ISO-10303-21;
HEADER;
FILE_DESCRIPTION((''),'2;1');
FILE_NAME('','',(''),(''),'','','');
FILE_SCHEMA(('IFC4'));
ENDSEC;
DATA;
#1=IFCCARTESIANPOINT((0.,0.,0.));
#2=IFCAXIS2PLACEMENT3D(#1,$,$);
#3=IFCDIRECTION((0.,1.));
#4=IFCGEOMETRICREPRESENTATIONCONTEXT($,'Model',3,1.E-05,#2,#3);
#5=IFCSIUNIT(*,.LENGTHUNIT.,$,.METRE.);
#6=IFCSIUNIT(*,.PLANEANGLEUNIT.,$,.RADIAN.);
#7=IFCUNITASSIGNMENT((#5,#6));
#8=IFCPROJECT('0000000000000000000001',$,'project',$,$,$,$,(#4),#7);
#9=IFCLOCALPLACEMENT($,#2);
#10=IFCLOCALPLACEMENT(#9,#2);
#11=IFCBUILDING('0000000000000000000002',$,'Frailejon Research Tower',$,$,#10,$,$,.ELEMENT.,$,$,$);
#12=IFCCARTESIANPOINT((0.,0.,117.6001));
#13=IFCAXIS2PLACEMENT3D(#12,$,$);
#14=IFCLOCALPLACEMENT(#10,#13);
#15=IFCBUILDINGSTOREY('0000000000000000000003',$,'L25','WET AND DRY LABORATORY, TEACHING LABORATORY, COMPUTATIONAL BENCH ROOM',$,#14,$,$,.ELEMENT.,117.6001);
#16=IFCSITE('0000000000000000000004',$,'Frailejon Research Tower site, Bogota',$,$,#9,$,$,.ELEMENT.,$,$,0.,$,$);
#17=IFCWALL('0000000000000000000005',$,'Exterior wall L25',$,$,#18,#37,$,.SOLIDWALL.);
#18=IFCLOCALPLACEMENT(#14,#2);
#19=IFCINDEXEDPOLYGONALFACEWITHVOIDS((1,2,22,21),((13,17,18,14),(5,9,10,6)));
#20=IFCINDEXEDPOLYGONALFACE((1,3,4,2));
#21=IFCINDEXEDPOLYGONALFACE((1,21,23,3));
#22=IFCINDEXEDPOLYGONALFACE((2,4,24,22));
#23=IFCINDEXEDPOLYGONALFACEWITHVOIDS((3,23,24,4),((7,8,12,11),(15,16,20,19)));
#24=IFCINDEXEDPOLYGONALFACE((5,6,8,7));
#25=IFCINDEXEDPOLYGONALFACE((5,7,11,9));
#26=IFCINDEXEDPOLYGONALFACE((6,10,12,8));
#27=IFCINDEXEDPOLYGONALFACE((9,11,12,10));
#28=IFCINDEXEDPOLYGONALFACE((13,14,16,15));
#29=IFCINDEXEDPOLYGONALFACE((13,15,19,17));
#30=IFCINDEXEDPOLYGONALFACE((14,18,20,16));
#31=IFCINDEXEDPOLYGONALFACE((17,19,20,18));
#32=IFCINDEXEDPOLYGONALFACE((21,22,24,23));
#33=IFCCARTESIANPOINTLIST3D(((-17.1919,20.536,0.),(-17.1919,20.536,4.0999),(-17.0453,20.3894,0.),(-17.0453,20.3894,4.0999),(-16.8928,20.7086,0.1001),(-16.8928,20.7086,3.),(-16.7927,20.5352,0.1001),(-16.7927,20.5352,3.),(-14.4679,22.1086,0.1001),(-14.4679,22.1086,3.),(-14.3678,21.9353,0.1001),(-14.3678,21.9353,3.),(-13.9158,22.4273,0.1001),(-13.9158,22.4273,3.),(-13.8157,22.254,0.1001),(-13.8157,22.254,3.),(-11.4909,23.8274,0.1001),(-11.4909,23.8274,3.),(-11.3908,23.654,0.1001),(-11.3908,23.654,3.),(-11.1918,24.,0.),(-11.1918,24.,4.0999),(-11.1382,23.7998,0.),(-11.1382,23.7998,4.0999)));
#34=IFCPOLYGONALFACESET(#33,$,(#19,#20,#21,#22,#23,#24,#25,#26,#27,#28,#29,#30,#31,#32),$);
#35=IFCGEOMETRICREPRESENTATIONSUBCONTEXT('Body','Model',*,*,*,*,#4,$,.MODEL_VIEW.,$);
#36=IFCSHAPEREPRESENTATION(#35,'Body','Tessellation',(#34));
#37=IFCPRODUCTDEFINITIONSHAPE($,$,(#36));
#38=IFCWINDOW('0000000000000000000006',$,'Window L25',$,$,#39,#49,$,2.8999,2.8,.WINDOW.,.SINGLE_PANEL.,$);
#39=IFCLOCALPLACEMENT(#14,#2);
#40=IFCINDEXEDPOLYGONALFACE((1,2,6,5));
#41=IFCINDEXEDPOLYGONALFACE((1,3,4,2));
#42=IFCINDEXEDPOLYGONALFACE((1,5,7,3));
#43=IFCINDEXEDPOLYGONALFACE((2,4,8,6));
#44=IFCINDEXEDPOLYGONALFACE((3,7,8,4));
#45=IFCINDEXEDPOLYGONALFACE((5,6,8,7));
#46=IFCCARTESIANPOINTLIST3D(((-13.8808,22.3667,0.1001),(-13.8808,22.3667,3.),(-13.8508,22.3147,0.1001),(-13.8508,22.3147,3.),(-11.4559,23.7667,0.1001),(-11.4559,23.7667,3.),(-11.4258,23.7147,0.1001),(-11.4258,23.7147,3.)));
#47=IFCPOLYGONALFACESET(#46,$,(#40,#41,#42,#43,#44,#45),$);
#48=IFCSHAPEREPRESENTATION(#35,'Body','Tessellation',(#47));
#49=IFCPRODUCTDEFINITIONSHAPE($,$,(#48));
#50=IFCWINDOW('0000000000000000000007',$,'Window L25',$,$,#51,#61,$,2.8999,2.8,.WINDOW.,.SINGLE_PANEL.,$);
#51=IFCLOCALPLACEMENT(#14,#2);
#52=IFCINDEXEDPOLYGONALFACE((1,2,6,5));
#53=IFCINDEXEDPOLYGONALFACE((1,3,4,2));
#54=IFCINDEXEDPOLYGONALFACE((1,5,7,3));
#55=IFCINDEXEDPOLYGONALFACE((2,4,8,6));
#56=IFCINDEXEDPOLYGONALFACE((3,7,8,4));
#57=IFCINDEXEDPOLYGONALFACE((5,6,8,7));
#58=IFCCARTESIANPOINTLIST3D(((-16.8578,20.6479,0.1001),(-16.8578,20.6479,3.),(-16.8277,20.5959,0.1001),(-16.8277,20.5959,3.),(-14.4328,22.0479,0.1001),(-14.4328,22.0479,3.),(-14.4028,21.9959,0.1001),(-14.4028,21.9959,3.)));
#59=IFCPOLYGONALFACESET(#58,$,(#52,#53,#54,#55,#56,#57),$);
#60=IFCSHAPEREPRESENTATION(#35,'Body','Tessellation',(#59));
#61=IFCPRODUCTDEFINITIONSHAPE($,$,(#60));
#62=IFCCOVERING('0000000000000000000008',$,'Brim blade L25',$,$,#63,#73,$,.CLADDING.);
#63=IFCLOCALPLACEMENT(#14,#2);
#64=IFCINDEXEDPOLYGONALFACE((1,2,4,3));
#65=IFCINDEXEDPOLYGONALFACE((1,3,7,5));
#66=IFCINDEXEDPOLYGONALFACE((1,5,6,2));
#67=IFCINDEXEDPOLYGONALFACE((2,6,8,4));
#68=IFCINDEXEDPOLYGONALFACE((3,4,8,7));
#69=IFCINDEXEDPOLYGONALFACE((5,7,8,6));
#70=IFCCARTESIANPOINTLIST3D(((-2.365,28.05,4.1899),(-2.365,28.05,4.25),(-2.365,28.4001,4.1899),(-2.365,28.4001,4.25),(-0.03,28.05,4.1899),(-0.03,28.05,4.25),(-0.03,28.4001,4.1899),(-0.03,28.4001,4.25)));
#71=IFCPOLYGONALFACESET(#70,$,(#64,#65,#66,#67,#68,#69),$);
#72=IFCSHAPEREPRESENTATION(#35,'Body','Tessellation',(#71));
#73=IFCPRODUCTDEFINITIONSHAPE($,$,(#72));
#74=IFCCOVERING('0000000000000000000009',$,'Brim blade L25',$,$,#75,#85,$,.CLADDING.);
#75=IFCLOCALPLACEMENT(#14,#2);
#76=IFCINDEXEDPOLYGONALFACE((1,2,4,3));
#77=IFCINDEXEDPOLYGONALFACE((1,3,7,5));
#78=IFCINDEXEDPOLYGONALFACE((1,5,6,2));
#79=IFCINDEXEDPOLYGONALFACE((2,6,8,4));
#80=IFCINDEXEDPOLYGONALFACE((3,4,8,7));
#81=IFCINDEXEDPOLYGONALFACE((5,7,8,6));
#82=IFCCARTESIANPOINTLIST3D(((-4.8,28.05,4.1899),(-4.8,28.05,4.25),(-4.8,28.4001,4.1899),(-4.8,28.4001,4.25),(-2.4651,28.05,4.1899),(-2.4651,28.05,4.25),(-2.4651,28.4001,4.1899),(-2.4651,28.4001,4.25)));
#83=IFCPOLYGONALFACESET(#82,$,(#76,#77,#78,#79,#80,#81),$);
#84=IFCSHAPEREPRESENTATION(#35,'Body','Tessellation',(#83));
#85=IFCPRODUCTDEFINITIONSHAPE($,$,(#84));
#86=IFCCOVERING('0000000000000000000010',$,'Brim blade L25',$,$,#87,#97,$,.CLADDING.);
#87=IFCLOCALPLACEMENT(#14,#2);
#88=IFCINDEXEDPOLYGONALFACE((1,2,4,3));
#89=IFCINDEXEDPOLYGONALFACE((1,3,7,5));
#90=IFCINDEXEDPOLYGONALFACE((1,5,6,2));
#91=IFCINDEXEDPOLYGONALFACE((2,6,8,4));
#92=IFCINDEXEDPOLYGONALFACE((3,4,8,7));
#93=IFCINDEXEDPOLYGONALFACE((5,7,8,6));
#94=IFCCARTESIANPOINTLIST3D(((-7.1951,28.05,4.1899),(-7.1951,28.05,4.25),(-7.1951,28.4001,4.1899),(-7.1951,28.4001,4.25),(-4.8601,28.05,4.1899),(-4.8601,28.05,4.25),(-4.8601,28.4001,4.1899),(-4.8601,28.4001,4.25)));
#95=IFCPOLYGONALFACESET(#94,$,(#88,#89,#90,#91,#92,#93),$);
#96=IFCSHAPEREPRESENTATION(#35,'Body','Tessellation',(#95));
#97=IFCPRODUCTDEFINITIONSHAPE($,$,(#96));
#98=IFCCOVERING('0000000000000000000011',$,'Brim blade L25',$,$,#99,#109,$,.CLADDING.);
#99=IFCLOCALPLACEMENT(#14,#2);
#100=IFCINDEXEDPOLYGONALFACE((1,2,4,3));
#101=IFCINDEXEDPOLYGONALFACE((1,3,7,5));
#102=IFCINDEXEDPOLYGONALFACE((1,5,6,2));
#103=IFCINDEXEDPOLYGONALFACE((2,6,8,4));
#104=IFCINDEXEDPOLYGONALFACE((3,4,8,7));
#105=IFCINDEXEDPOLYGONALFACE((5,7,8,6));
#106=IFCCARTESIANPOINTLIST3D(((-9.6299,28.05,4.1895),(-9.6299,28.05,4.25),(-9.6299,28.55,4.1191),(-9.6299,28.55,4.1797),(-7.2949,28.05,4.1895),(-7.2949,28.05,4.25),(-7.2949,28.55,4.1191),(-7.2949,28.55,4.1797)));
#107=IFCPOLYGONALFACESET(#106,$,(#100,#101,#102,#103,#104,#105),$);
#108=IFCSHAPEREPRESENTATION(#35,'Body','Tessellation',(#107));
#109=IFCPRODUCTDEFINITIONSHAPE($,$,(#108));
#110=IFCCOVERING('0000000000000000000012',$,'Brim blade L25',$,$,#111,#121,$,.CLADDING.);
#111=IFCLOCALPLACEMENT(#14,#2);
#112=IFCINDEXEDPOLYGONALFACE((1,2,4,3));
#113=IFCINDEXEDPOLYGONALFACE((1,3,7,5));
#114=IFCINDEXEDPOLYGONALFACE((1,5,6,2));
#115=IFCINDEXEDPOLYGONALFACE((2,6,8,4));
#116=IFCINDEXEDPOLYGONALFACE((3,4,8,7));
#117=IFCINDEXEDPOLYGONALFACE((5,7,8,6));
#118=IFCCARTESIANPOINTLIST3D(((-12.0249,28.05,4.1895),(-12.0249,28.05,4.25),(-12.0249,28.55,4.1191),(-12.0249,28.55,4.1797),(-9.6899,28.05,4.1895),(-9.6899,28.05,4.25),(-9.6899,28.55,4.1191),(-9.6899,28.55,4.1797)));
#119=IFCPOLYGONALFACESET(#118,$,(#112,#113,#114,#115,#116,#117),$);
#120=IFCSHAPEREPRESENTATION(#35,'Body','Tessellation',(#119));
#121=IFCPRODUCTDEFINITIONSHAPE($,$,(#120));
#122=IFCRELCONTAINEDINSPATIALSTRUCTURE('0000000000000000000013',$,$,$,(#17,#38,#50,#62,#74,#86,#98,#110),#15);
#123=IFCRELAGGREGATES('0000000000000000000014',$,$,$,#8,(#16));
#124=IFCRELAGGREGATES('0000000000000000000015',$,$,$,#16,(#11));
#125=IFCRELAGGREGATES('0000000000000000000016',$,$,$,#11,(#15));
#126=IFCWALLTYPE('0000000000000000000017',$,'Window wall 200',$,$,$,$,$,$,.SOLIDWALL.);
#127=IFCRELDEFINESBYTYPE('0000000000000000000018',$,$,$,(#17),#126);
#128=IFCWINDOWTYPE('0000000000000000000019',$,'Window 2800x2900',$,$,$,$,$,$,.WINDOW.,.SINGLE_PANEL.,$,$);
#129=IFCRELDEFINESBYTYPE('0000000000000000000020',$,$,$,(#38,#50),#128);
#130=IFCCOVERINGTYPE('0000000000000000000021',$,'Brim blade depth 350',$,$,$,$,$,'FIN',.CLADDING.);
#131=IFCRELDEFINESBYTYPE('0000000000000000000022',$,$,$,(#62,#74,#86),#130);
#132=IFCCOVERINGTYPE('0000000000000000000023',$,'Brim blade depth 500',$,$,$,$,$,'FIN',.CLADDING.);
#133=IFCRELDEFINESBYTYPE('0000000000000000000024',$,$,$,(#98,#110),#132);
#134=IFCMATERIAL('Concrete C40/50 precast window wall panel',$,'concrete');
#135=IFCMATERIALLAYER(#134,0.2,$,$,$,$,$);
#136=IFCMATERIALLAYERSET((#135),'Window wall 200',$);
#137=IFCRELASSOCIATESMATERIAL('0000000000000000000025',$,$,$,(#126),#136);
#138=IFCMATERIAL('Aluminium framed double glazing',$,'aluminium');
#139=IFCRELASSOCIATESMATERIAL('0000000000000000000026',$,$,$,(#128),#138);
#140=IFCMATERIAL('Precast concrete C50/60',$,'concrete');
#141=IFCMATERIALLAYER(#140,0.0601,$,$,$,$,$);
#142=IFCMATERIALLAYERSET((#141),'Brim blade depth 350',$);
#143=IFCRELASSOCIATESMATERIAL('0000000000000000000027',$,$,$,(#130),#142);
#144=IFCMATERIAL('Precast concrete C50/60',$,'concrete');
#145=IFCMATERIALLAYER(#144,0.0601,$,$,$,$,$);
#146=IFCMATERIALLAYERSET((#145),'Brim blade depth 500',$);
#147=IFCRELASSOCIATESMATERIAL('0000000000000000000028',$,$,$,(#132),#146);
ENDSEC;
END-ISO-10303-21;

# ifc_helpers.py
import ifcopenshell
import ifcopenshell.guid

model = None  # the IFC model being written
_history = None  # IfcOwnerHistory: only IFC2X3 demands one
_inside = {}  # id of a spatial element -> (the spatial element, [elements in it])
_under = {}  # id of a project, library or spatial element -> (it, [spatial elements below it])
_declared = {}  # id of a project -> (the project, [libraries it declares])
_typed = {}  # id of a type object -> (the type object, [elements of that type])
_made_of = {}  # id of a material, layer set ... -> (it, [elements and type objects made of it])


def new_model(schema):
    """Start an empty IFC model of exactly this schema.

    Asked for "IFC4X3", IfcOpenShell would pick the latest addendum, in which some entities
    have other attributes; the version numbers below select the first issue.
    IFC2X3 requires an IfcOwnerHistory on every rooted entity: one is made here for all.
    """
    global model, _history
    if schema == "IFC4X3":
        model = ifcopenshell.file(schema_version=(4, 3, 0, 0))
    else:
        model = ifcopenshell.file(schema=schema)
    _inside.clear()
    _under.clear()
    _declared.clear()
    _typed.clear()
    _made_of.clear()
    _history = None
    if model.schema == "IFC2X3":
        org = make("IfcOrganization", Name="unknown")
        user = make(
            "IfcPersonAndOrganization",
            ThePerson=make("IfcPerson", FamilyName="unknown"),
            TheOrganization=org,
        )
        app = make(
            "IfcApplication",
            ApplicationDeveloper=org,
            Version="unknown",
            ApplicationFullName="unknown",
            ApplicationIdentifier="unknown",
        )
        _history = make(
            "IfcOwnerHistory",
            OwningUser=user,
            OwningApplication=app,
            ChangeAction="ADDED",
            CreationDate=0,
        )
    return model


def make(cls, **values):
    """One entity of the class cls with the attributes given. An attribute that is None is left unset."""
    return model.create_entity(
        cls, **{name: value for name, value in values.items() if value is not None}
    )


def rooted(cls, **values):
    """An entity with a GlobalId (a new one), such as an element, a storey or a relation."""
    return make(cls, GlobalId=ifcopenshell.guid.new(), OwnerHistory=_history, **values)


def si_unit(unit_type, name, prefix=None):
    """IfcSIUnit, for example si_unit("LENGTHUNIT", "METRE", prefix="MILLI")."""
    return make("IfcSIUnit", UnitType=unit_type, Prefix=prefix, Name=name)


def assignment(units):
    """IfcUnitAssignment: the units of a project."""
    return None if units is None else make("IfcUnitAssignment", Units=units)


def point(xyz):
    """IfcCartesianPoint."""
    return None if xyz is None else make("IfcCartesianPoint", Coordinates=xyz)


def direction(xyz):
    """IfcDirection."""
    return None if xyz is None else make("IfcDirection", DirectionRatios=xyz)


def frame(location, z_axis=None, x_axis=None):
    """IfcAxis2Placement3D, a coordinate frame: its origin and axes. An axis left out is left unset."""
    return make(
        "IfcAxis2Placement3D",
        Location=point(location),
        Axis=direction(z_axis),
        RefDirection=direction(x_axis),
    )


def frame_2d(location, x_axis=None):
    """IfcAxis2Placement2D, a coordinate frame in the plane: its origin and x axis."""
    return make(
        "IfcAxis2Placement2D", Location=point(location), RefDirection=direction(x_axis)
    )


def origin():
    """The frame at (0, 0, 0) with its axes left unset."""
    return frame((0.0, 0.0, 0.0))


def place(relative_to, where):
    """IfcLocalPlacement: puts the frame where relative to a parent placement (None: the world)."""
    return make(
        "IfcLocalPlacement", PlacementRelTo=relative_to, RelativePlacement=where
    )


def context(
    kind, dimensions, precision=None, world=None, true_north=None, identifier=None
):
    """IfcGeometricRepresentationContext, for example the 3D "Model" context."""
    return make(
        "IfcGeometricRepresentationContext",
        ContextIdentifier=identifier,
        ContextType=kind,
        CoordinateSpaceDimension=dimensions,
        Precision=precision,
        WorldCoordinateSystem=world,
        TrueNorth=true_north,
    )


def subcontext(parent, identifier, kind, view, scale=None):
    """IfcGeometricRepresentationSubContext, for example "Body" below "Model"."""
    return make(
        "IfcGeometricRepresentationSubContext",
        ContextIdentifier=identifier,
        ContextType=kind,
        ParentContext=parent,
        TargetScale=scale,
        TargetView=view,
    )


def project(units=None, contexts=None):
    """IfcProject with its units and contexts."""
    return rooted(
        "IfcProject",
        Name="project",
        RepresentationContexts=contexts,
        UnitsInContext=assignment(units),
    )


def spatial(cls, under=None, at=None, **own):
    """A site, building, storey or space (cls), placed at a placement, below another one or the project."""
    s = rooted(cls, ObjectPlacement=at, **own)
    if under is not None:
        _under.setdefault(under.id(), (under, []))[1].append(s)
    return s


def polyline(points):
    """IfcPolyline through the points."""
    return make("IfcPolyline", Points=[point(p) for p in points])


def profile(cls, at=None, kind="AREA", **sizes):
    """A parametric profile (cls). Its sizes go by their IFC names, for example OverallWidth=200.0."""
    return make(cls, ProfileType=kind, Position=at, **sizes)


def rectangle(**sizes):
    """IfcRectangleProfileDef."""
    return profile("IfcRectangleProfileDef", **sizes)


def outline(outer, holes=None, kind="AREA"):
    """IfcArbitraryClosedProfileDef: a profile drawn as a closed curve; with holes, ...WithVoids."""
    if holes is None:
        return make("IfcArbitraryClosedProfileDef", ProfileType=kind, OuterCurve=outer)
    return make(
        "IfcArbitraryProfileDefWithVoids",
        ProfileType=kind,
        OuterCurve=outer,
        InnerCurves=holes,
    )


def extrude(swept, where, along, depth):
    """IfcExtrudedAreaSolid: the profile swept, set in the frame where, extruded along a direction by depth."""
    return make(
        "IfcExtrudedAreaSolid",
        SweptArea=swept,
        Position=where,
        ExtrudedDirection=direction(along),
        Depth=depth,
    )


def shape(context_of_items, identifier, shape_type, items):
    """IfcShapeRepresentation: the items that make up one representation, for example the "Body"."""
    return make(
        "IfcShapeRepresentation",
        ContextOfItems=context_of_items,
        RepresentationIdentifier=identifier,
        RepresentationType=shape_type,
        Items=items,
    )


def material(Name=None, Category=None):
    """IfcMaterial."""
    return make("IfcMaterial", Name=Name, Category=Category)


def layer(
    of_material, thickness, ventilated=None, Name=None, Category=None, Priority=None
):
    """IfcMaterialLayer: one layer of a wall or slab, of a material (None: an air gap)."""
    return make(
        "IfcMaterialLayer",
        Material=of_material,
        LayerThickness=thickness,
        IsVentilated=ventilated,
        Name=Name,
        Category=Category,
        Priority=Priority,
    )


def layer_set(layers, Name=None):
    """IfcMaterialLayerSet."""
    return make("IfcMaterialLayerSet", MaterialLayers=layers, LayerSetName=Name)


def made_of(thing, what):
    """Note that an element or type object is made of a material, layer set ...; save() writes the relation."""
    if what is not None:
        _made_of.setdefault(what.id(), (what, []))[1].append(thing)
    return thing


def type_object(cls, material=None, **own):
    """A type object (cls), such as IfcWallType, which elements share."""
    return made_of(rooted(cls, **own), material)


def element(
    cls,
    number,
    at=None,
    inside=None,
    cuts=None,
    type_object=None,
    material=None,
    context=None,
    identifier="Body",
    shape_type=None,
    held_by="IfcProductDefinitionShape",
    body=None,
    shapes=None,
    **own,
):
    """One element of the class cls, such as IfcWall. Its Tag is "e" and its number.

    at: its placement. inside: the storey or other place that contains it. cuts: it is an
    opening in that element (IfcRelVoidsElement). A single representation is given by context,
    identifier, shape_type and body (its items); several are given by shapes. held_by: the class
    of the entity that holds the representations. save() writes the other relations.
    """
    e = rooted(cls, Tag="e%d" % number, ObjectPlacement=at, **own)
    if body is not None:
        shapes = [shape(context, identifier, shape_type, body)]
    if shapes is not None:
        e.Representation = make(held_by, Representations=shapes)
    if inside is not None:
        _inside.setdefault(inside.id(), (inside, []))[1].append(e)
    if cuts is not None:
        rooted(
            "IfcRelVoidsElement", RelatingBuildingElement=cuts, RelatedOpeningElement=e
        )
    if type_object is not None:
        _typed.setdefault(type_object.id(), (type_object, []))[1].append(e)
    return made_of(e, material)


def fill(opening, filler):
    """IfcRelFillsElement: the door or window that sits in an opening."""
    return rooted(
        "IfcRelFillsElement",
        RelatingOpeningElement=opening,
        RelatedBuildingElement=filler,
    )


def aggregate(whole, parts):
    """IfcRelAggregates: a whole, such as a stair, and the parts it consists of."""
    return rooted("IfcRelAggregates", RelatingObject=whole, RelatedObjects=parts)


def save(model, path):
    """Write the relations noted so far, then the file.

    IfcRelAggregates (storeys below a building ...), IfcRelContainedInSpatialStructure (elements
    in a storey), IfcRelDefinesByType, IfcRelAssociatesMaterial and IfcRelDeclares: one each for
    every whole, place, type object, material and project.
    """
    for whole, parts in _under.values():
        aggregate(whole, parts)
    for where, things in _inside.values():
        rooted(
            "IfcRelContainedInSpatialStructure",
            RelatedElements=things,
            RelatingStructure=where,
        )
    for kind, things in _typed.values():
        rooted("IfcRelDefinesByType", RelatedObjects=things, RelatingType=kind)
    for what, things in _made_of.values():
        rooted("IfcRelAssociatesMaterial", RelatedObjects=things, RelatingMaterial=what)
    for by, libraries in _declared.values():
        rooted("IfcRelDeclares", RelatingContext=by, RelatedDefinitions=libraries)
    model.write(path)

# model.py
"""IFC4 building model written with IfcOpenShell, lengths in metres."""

from ifc_helpers import new_model, si_unit, direction, frame, frame_2d, origin, place, context, subcontext, project, spatial, polyline, rectangle, outline, extrude, material, layer, layer_set, type_object, element, fill, save


model = new_model("IFC4")

# Units and contexts
model_context = context("Model", 3, precision=1e-05, world=origin(), true_north=direction((0.0, 1.0)))
body_context = subcontext(model_context, "Body", "Model", "MODEL_VIEW")
ifc_project = project(units=[si_unit("LENGTHUNIT", "METRE"), si_unit("PLANEANGLEUNIT", "RADIAN")], contexts=[model_context])

# Site, building, storey
site_placement = place(None, origin())
site = spatial("IfcSite", under=ifc_project, at=site_placement, Name="Frailejon Research Tower site, Bogota", CompositionType="ELEMENT", RefElevation=0.0)
building_placement = place(site_placement, origin())
building = spatial("IfcBuilding", under=site, at=building_placement, Name="Frailejon Research Tower", CompositionType="ELEMENT")
storey_placement = place(building_placement, frame((0.0, 0.0, 117.6001)))
storey = spatial("IfcBuildingStorey", under=building, at=storey_placement, Name="L25", Description="WET AND DRY LABORATORY, TEACHING LABORATORY, COMPUTATIONAL BENCH ROOM", CompositionType="ELEMENT", Elevation=117.6001)

# Wall, openings, windows
ifc_material_1 = material(Name="Concrete C40/50 precast window wall panel", Category="concrete")
ifc_layer_1 = layer(ifc_material_1, 0.2)
ifc_layer_set_1 = layer_set([ifc_layer_1], Name="Window wall 200")
wall_type_1 = type_object("IfcWallType", Name="Window wall 200", PredefinedType="SOLIDWALL", material=ifc_layer_set_1)
wall_1_placement = place(storey_placement, frame((-11.165, 23.8999, 0.0), z_axis=(0.0, 0.0, 1.0), x_axis=(-0.866029, -0.499993, 0.0)))
wall_1 = element("IfcWall", 1, at=wall_1_placement, inside=storey, type_object=wall_type_1, Name="Exterior wall L25", PredefinedType="SOLIDWALL", context=body_context, shape_type="SweptSolid", body=[
    extrude(outline(polyline([(-0.0269, -0.1001), (1.1279, -0.1001), (2.2825, -0.1001), (3.4373, -0.1001), (4.592, -0.1001), (5.7466, -0.1001), (6.9014, -0.1001), (6.8477, 0.1001), (5.7109, 0.1001), (4.574, 0.1001), (3.4373, 0.1001), (2.3005, 0.1001), (1.1636, 0.1001), (0.0269, 0.1001), (-0.0269, -0.1001)])), origin(), (0.0, 0.0, 1.0), 4.0999),
])
opening_1_placement = place(wall_1_placement, frame((0.3186, 0.0, 0.1001)))
opening_1 = element("IfcOpeningElement", 2, at=opening_1_placement, cuts=wall_1, PredefinedType="OPENING", context=body_context, shape_type="SweptSolid", body=[
    extrude(rectangle(XDim=2.8, YDim=2.8999, at=frame_2d((1.3999, 1.45))), frame((0.0, 0.1099, 0.0), z_axis=(0.0, -1.0, 0.0), x_axis=(1.0, 0.0, 0.0)), (0.0, 0.0, 1.0), 0.22),
])
opening_2_placement = place(wall_1_placement, frame((3.7561, 0.0, 0.1001)))
opening_2 = element("IfcOpeningElement", 3, at=opening_2_placement, cuts=wall_1, PredefinedType="OPENING", context=body_context, shape_type="SweptSolid", body=[
    extrude(rectangle(XDim=2.8, YDim=2.8999, at=frame_2d((1.3999, 1.45))), frame((0.0, 0.1099, 0.0), z_axis=(0.0, -1.0, 0.0), x_axis=(1.0, 0.0, 0.0)), (0.0, 0.0, 1.0), 0.22),
])
ifc_material_2 = material(Name="Aluminium framed double glazing", Category="aluminium")
window_type = type_object("IfcWindowType", Name="Window 2800x2900", PartitioningType="SINGLE_PANEL", PredefinedType="WINDOW", material=ifc_material_2)
window_1_placement = place(opening_1_placement, origin())
window_1 = element("IfcWindow", 4, at=window_1_placement, inside=storey, type_object=window_type, Name="Window L25", OverallHeight=2.8999, OverallWidth=2.8, PartitioningType="SINGLE_PANEL", PredefinedType="WINDOW", context=body_context, shape_type="SweptSolid", body=[
    extrude(rectangle(XDim=2.8, YDim=2.8999, at=frame_2d((1.3999, 1.45))), frame((0.0, 0.03, 0.0), z_axis=(0.0, -1.0, 0.0), x_axis=(1.0, 0.0, 0.0)), (0.0, 0.0, 1.0), 0.0601),
])
fill(opening_1, window_1)
window_2_placement = place(opening_2_placement, origin())
window_2 = element("IfcWindow", 5, at=window_2_placement, inside=storey, type_object=window_type, Name="Window L25", OverallHeight=2.8999, OverallWidth=2.8, PartitioningType="SINGLE_PANEL", PredefinedType="WINDOW", context=body_context, shape_type="SweptSolid", body=[
    extrude(rectangle(XDim=2.8, YDim=2.8999, at=frame_2d((1.3999, 1.45))), frame((0.0, 0.03, 0.0), z_axis=(0.0, -1.0, 0.0), x_axis=(1.0, 0.0, 0.0)), (0.0, 0.0, 1.0), 0.0601),
])
fill(opening_2, window_2)

# Coverings
ifc_material_3 = material(Name="Precast concrete C50/60", Category="concrete")
ifc_layer_2 = layer(ifc_material_3, 0.0601)
ifc_layer_set_2 = layer_set([ifc_layer_2], Name="Brim blade depth 350")
covering_type_1 = type_object("IfcCoveringType", Name="Brim blade depth 350", ElementType="FIN", PredefinedType="CLADDING", material=ifc_layer_set_2)
for number, where, z_axis, x_axis, name in (
    (6, (-2.365, 28.05, 4.25), (1.0, 0.0, 0.0), (0.0, 1.0, 0.0), "Brim blade L25"),
    (7, (-4.8, 28.05, 4.25), (1.0, 0.0, 0.0), (0.0, 1.0, 0.0), "Brim blade L25"),
    (8, (-7.1951, 28.05, 4.25), (1.0, 0.0, 0.0), (0.0, 1.0, 0.0), "Brim blade L25"),
):
    element("IfcCovering", number, at=place(storey_placement, frame(where, z_axis=z_axis, x_axis=x_axis)), inside=storey, type_object=covering_type_1, Name=name, PredefinedType="CLADDING", context=body_context, shape_type="SweptSolid", body=[
        extrude(outline(polyline([(0.0, -0.0601), (0.3501, -0.0601), (0.3501, 0.0), (0.0, 0.0), (0.0, -0.0601)])), origin(), (0.0, 0.0, 1.0), 2.335),
    ])
ifc_material_4 = material(Name="Precast concrete C50/60", Category="concrete")
ifc_layer_3 = layer(ifc_material_4, 0.0601)
ifc_layer_set_3 = layer_set([ifc_layer_3], Name="Brim blade depth 500")
covering_type_2 = type_object("IfcCoveringType", Name="Brim blade depth 500", ElementType="FIN", PredefinedType="CLADDING", material=ifc_layer_set_3)
for number, where, z_axis, x_axis, name in (
    (9, (-9.6299, 28.05, 4.25), (1.0, 0.0, 0.0), (0.0, 1.0, 0.0), "Brim blade L25"),
    (10, (-12.0249, 28.05, 4.25), (1.0, 0.0, 0.0), (0.0, 1.0, 0.0), "Brim blade L25"),
):
    element("IfcCovering", number, at=place(storey_placement, frame(where, z_axis=z_axis, x_axis=x_axis)), inside=storey, type_object=covering_type_2, Name=name, PredefinedType="CLADDING", context=body_context, shape_type="SweptSolid", body=[
        extrude(outline(polyline([(0.0, -0.0605), (0.5, -0.1309), (0.5, -0.0703), (0.0, 0.0), (0.0, -0.0605)])), origin(), (0.0, 0.0, 1.0), 2.335),
    ])

save(model, "model.ifc")
